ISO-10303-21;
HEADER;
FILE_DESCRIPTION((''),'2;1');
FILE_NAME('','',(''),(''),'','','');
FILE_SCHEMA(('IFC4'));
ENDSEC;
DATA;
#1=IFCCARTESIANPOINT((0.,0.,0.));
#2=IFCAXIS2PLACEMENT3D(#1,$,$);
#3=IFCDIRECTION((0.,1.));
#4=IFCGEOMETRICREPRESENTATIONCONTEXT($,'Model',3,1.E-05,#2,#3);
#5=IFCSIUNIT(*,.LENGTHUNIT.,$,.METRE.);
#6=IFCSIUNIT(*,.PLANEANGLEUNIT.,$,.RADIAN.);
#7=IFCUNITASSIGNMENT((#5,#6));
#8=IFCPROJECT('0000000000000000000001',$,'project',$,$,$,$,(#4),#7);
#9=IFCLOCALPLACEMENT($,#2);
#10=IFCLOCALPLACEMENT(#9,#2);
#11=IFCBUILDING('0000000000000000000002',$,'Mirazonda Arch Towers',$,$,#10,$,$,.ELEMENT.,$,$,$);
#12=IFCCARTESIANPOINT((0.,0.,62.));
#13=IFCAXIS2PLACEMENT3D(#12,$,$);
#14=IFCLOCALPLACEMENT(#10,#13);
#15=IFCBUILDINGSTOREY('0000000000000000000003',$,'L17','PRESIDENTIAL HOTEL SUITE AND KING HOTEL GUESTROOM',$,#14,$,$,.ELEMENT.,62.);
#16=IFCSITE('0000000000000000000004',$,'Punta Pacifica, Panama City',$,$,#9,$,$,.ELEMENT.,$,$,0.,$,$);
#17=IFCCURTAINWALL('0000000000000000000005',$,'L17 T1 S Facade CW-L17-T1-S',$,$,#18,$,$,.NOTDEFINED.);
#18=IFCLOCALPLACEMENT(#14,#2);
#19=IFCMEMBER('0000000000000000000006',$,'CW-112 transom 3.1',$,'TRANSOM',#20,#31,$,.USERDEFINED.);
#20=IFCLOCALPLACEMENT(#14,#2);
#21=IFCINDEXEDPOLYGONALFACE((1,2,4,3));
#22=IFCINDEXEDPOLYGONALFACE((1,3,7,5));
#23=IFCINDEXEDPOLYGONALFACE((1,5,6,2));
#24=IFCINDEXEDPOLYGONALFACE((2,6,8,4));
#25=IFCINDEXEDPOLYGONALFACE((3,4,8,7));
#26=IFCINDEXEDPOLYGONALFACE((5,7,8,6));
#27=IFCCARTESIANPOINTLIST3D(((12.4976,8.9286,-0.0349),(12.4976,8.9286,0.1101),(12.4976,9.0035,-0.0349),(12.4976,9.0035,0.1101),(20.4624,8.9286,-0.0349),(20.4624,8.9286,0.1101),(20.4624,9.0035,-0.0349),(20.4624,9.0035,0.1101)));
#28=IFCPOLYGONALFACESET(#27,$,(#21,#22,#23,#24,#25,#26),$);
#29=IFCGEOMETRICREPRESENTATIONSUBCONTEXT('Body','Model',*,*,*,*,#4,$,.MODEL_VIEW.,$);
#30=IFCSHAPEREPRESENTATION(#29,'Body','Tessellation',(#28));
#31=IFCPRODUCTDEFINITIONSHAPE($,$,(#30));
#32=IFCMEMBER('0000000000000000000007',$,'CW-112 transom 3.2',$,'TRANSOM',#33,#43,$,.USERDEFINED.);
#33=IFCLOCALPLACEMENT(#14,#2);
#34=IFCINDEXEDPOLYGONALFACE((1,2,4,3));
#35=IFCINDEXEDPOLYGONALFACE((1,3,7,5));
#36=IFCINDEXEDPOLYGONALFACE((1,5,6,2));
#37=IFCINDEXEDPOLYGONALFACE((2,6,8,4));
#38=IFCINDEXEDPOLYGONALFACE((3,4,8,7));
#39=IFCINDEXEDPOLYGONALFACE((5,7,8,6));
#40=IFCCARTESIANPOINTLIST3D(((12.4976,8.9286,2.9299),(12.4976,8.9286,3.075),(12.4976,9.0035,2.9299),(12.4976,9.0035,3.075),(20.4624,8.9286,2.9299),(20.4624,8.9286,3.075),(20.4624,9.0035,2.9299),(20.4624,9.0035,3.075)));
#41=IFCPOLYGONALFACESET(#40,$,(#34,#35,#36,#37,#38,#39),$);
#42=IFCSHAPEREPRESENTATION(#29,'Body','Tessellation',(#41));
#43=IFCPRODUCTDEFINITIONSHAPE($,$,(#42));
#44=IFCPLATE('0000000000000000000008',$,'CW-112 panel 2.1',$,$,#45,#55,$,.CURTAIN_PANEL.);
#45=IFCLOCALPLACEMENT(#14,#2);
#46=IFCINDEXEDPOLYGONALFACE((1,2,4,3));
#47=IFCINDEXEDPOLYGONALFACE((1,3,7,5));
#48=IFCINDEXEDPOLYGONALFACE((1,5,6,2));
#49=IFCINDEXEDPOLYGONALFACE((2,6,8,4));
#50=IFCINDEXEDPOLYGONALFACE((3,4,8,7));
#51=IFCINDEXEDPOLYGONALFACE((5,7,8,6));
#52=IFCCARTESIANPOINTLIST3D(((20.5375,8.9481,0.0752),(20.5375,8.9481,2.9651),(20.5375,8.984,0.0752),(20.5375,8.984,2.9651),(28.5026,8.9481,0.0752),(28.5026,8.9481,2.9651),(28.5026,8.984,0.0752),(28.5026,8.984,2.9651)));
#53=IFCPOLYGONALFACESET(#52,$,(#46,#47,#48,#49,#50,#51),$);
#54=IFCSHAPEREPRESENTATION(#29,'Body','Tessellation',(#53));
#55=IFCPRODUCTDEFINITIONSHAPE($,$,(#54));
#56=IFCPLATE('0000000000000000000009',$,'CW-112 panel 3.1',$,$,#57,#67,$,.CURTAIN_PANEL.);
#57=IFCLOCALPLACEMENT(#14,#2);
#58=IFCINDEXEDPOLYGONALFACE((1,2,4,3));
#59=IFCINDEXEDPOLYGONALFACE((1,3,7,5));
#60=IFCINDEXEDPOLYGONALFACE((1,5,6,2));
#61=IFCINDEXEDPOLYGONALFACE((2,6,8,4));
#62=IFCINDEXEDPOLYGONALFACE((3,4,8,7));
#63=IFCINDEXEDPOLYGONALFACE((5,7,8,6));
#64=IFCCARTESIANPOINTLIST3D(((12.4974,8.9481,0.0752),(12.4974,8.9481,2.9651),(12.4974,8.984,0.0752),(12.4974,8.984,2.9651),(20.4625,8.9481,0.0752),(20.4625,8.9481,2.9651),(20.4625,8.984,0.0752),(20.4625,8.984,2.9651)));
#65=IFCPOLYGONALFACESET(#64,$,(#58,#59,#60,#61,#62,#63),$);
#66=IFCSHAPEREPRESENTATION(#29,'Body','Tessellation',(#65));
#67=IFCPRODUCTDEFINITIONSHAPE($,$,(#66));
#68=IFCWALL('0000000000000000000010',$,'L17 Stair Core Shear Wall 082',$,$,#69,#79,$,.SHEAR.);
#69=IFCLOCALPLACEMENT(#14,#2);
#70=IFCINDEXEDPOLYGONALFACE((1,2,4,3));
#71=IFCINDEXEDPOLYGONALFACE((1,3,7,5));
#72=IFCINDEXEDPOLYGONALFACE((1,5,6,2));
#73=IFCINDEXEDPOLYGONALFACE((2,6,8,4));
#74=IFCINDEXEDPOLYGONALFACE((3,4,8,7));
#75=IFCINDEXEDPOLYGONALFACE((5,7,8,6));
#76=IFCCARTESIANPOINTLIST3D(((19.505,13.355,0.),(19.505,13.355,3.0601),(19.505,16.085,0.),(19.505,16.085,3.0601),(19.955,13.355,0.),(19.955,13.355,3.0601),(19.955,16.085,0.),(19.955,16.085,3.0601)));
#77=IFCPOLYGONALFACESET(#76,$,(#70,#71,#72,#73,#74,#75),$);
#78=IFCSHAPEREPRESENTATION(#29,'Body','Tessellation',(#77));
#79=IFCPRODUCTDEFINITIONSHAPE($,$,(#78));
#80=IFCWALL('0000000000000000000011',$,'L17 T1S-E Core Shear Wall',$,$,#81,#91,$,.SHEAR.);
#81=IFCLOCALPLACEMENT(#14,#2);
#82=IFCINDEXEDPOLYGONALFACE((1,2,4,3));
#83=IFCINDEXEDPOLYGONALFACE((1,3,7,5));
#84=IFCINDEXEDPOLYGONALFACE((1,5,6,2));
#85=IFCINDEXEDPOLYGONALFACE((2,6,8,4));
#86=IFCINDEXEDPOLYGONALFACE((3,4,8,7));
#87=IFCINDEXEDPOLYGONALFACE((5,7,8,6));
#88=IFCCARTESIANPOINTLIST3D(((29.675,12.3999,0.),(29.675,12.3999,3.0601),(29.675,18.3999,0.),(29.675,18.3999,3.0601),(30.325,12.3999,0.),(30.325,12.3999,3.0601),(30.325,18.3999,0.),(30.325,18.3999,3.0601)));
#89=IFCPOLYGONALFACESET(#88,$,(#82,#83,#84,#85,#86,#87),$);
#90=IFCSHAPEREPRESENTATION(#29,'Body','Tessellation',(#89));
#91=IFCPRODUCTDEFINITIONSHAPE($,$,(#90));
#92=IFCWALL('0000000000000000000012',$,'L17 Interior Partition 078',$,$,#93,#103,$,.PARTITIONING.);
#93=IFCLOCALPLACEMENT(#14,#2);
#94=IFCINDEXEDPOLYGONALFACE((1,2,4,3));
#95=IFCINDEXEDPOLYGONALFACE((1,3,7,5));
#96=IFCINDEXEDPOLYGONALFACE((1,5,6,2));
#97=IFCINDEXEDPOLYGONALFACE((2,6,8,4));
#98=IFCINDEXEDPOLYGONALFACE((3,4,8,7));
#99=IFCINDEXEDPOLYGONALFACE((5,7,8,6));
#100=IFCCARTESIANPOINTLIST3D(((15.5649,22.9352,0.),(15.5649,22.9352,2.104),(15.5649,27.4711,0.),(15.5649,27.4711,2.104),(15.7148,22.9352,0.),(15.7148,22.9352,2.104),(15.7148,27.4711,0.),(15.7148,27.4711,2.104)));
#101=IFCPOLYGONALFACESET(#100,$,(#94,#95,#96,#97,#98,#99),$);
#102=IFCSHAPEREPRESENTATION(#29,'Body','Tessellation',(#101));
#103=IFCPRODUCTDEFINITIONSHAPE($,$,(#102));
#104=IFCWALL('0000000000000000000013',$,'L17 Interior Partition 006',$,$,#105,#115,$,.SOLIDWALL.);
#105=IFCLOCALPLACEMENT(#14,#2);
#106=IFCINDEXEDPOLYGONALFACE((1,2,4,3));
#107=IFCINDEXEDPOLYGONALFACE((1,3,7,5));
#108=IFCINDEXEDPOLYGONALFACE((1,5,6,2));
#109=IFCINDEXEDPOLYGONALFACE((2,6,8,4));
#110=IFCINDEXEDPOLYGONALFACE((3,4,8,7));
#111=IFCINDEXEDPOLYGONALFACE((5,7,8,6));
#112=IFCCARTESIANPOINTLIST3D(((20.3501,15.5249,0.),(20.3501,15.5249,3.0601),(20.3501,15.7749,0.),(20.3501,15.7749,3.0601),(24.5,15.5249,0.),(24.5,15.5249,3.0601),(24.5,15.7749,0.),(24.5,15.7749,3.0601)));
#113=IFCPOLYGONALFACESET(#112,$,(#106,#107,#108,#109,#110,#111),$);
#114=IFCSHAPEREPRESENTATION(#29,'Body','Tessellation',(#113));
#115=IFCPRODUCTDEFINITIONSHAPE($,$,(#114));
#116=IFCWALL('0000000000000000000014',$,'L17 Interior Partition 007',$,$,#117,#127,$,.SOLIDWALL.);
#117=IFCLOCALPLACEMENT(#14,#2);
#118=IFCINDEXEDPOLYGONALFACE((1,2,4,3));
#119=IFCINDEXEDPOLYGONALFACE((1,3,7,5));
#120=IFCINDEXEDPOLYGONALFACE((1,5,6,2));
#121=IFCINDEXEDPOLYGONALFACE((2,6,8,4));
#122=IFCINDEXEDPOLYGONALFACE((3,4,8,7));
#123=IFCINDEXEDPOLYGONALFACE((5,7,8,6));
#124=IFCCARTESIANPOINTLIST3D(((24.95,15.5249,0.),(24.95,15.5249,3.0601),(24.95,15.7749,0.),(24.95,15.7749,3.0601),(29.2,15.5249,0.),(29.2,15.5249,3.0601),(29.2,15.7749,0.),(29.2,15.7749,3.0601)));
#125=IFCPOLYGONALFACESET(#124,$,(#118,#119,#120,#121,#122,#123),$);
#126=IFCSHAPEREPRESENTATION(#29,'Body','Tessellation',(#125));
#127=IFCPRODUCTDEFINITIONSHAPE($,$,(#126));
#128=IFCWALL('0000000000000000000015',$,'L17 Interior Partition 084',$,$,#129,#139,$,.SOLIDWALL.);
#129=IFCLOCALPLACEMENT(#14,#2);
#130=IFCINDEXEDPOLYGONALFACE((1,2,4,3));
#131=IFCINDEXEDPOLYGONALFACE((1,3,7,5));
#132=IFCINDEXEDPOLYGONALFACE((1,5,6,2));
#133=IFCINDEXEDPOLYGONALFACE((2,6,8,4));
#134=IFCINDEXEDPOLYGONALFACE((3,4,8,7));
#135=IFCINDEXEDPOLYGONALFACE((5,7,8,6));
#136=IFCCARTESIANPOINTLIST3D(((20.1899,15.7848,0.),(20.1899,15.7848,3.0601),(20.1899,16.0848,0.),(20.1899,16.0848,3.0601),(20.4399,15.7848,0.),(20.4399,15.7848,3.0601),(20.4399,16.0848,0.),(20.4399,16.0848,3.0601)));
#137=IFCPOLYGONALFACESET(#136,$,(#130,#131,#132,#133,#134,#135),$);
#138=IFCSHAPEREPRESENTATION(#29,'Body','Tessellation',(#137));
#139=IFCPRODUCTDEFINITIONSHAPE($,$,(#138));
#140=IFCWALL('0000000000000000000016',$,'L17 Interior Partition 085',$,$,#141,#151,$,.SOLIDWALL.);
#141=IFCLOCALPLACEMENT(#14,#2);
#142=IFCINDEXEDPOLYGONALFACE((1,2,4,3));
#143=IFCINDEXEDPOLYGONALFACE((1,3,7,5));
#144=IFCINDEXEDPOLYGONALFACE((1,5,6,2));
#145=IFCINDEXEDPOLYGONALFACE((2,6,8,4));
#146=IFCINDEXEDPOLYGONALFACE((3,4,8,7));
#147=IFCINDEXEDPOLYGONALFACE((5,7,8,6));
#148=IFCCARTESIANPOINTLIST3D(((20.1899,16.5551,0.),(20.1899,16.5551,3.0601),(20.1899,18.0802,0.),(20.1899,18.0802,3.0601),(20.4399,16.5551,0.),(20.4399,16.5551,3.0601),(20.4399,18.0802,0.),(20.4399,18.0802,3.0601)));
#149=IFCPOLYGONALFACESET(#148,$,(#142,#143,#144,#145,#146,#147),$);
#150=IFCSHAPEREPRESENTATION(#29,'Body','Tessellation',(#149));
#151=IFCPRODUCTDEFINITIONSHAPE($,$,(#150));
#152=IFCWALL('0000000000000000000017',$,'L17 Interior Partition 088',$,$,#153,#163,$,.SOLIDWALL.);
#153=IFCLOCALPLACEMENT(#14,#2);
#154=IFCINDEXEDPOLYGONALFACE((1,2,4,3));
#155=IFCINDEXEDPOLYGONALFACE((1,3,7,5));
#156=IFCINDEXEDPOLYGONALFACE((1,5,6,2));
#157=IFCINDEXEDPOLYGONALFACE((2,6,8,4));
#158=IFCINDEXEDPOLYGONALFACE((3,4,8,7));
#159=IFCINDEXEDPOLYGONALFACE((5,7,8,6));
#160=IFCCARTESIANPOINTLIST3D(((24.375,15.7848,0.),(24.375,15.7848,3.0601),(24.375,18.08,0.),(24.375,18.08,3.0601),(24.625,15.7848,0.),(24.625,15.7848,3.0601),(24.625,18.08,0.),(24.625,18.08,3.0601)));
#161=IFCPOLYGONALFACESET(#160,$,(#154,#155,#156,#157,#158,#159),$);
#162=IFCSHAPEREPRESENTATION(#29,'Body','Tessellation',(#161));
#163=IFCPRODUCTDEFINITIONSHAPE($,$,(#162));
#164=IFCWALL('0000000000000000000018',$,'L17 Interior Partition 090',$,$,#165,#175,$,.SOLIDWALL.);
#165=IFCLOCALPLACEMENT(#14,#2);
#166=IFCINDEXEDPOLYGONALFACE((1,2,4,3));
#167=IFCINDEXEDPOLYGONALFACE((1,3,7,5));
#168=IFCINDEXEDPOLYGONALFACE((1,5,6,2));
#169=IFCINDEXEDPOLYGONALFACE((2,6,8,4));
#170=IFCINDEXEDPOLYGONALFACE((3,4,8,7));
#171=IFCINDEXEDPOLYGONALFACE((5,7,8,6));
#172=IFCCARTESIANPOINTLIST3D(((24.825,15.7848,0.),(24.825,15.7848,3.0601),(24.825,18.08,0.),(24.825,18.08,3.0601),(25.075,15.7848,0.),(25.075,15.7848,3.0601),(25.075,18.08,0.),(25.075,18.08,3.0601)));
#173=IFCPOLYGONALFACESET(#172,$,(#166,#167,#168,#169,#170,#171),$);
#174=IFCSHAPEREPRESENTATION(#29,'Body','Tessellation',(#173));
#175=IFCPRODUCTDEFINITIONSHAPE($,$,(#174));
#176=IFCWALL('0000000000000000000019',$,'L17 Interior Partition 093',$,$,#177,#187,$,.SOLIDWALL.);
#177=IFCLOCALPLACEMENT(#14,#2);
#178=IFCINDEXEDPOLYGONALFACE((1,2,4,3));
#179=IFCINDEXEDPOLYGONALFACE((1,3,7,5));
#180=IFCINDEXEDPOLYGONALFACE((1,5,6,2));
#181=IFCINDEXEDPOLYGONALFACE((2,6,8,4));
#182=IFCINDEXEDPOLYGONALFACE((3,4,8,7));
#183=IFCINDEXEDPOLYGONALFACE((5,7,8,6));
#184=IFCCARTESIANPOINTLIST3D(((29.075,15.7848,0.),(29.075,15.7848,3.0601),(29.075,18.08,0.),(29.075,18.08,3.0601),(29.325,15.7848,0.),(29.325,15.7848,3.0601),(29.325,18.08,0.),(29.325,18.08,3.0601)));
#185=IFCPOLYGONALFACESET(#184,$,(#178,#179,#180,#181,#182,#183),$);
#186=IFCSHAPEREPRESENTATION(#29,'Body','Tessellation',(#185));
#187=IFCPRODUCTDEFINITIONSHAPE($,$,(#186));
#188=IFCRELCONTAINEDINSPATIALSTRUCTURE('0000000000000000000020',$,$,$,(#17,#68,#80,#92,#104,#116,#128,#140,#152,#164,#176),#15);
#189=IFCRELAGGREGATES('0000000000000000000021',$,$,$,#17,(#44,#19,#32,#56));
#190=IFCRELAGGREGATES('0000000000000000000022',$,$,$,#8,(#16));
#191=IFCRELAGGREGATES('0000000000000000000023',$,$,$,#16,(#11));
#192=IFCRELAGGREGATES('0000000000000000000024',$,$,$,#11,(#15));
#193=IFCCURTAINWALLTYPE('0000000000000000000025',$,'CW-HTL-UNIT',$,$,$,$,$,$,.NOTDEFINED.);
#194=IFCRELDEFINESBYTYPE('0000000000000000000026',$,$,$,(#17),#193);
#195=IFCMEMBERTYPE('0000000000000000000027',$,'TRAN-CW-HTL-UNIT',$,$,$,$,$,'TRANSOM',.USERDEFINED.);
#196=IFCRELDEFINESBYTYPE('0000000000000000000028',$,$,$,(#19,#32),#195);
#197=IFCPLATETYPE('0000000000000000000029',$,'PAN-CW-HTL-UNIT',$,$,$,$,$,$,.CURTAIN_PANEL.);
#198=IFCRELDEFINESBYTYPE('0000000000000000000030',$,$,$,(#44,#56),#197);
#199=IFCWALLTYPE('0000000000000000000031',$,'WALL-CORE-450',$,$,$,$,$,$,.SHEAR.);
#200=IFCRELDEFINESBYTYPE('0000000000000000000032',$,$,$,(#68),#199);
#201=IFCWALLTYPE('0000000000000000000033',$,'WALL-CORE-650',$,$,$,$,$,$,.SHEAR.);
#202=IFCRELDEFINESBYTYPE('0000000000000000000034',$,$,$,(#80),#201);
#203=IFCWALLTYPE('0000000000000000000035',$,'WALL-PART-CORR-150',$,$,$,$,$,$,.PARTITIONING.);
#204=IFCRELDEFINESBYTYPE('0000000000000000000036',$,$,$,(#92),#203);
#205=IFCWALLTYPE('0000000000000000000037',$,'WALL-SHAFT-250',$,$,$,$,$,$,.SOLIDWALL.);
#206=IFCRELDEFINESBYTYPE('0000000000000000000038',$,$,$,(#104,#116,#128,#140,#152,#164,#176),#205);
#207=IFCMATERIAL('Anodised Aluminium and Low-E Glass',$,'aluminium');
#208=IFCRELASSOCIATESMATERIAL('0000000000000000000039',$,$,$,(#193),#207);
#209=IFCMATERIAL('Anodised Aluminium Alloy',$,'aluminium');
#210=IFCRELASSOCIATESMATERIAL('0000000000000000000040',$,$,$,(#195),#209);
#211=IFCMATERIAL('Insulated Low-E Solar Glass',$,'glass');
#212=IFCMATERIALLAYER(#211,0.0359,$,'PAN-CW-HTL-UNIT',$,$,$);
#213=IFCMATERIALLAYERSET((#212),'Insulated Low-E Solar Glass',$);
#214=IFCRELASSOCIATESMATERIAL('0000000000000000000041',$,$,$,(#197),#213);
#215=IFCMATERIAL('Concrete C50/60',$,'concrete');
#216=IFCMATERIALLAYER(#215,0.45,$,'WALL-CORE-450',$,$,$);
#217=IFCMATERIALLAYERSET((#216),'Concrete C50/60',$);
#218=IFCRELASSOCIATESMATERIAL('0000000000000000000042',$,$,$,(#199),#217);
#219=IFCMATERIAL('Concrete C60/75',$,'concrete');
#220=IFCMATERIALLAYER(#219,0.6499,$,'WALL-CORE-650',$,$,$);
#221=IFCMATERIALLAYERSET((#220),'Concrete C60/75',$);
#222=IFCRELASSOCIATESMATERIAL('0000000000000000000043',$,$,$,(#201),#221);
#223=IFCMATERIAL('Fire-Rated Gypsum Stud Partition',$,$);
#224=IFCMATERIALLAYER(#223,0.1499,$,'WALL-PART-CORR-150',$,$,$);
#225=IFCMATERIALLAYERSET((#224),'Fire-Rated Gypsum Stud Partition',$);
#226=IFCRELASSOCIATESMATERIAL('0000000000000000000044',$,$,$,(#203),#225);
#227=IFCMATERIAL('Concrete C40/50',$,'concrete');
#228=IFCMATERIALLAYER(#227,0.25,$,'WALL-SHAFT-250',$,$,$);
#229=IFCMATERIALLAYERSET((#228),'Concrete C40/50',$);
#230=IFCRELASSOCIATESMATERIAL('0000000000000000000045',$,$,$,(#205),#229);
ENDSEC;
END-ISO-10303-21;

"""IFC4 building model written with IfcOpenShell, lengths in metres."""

from ifc_helpers import new_model, si_unit, direction, frame, frame_2d, origin, origin_2d, place, context, subcontext, project, spatial, rectangle, extrude, material, layer, layer_set, material_profile, profile_set, type_object, element, aggregate, save


model = new_model("IFC4")

# Units and contexts
model_context = context("Model", 3, precision=1e-05, world=origin(), true_north=direction((0.0, 1.0)))
body_context = subcontext(model_context, "Body", "Model", "MODEL_VIEW")
ifc_project = project(units=[si_unit("LENGTHUNIT", "METRE"), si_unit("PLANEANGLEUNIT", "RADIAN")], contexts=[model_context])

# Site, building, storey
site_placement = place(None, origin())
site = spatial("IfcSite", under=ifc_project, at=site_placement, Name="Punta Pacifica, Panama City", CompositionType="ELEMENT", RefElevation=0.0)
building_placement = place(site_placement, origin())
building = spatial("IfcBuilding", under=site, at=building_placement, Name="Mirazonda Arch Towers", CompositionType="ELEMENT")
storey_placement = place(building_placement, frame((0.0, 0.0, 62.0)))
storey = spatial("IfcBuildingStorey", under=building, at=storey_placement, Name="L17", Description="PRESIDENTIAL HOTEL SUITE AND KING HOTEL GUESTROOM", CompositionType="ELEMENT", Elevation=62.0)

# Shared definitions
ifc_material_1 = material(Name="Concrete C60/75", Category="concrete")

# Curtain wall, members, plates
ifc_material_2 = material(Name="Anodised Aluminium and Low-E Glass", Category="aluminium")
curtain_wall_type = type_object("IfcCurtainWallType", Name="CW-HTL-UNIT", PredefinedType="NOTDEFINED", material=ifc_material_2)
curtain_wall_placement = place(storey_placement, origin())
curtain_wall = element("IfcCurtainWall", 1, at=curtain_wall_placement, inside=storey, type_object=curtain_wall_type, Name="L17 T1 S Facade CW-L17-T1-S", PredefinedType="NOTDEFINED")
ifc_material_3 = material(Name="Anodised Aluminium Alloy", Category="aluminium")
ifc_material_profile_1 = material_profile(ifc_material_3, rectangle(XDim=0.075, YDim=0.145, at=origin_2d()), Name="ALU-TRAN-75x145")
ifc_profile_set_1 = profile_set([ifc_material_profile_1], Name="Anodised Aluminium Alloy")
member_type_1 = type_object("IfcMemberType", Name="TRAN-CW-HTL-UNIT", ElementType="TRANSOM", PredefinedType="USERDEFINED", material=ifc_profile_set_1)
member_1_placement = place(storey_placement, frame((20.4624, 8.9661, 0.0376), z_axis=(-1.0, 0.0, 0.0), x_axis=(0.0, -1.0, 0.0)))
member_1 = element("IfcMember", 2, at=member_1_placement, type_object=member_type_1, Name="CW-112 transom 3.1", ObjectType="TRANSOM", PredefinedType="USERDEFINED", context=body_context, shape_type="SweptSolid", body=[
    extrude(rectangle(XDim=0.075, YDim=0.145, at=origin_2d()), origin(), (0.0, 0.0, 1.0), 7.9648),
])
member_2_placement = place(storey_placement, frame((20.4624, 8.9661, 3.0024), z_axis=(-1.0, 0.0, 0.0), x_axis=(0.0, -1.0, 0.0)))
member_2 = element("IfcMember", 3, at=member_2_placement, type_object=member_type_1, Name="CW-112 transom 3.2", ObjectType="TRANSOM", PredefinedType="USERDEFINED", context=body_context, shape_type="SweptSolid", body=[
    extrude(rectangle(XDim=0.075, YDim=0.145, at=origin_2d()), origin(), (0.0, 0.0, 1.0), 7.9648),
])
ifc_material_4 = material(Name="Insulated Low-E Solar Glass", Category="glass")
ifc_layer_1 = layer(ifc_material_4, 0.0359, Name="PAN-CW-HTL-UNIT")
ifc_layer_set_1 = layer_set([ifc_layer_1], Name="Insulated Low-E Solar Glass")
plate_type = type_object("IfcPlateType", Name="PAN-CW-HTL-UNIT", PredefinedType="CURTAIN_PANEL", material=ifc_layer_set_1)
plate_1_placement = place(storey_placement, frame((24.52, 8.9661, 0.0752), z_axis=(0.0, 0.0, 1.0), x_axis=(-1.0, 0.0, 0.0)))
plate_1 = element("IfcPlate", 4, at=plate_1_placement, type_object=plate_type, Name="CW-112 panel 2.1", PredefinedType="CURTAIN_PANEL", context=body_context, shape_type="SweptSolid", body=[
    extrude(rectangle(XDim=7.9651, YDim=0.0359, at=origin_2d()), origin(), (0.0, 0.0, 1.0), 2.8899),
])
plate_2_placement = place(storey_placement, frame((16.48, 8.9661, 0.0752), z_axis=(0.0, 0.0, 1.0), x_axis=(-1.0, 0.0, 0.0)))
plate_2 = element("IfcPlate", 5, at=plate_2_placement, type_object=plate_type, Name="CW-112 panel 3.1", PredefinedType="CURTAIN_PANEL", context=body_context, shape_type="SweptSolid", body=[
    extrude(rectangle(XDim=7.9651, YDim=0.0359, at=origin_2d()), origin(), (0.0, 0.0, 1.0), 2.8899),
])
aggregate(curtain_wall, [plate_1, member_1, member_2, plate_2])

# Walls
ifc_material_5 = material(Name="Concrete C50/60", Category="concrete")
ifc_layer_2 = layer(ifc_material_5, 0.45, Name="WALL-CORE-450")
ifc_layer_set_2 = layer_set([ifc_layer_2], Name="Concrete C50/60")
wall_type_1 = type_object("IfcWallType", Name="WALL-CORE-450", PredefinedType="SHEAR", material=ifc_layer_set_2)
wall_1_placement = place(storey_placement, frame((19.73, 13.355, 0.0), z_axis=(0.0, 0.0, 1.0), x_axis=(0.0, 1.0, 0.0)))
element("IfcWall", 6, at=wall_1_placement, inside=storey, type_object=wall_type_1, Name="L17 Stair Core Shear Wall 082", PredefinedType="SHEAR", context=body_context, shape_type="SweptSolid", body=[
    extrude(rectangle(XDim=2.73, YDim=0.45, at=frame_2d((1.365, 0.0))), origin(), (0.0, 0.0, 1.0), 3.0601),
])
ifc_layer_3 = layer(ifc_material_1, 0.6499, Name="WALL-CORE-650")
ifc_layer_set_3 = layer_set([ifc_layer_3], Name="Concrete C60/75")
wall_type_2 = type_object("IfcWallType", Name="WALL-CORE-650", PredefinedType="SHEAR", material=ifc_layer_set_3)
wall_2_placement = place(storey_placement, frame((30.0, 12.3999, 0.0), z_axis=(0.0, 0.0, 1.0), x_axis=(0.0, 1.0, 0.0)))
element("IfcWall", 7, at=wall_2_placement, inside=storey, type_object=wall_type_2, Name="L17 T1S-E Core Shear Wall", PredefinedType="SHEAR", context=body_context, shape_type="SweptSolid", body=[
    extrude(rectangle(XDim=6.0, YDim=0.6499, at=frame_2d((3.0, 0.0))), origin(), (0.0, 0.0, 1.0), 3.0601),
])
ifc_material_6 = material(Name="Fire-Rated Gypsum Stud Partition")
ifc_layer_4 = layer(ifc_material_6, 0.1499, Name="WALL-PART-CORR-150")
ifc_layer_set_4 = layer_set([ifc_layer_4], Name="Fire-Rated Gypsum Stud Partition")
wall_type_3 = type_object("IfcWallType", Name="WALL-PART-CORR-150", PredefinedType="PARTITIONING", material=ifc_layer_set_4)
wall_3_placement = place(storey_placement, frame((15.6399, 22.9351, 0.0), z_axis=(0.0, 0.0, 1.0), x_axis=(0.0, 1.0, 0.0)))
element("IfcWall", 8, at=wall_3_placement, inside=storey, type_object=wall_type_3, Name="L17 Interior Partition 078", PredefinedType="PARTITIONING", context=body_context, shape_type="SweptSolid", body=[
    extrude(rectangle(XDim=4.5359, YDim=0.1499, at=frame_2d((2.2681, 0.0))), origin(), (0.0, 0.0, 1.0), 2.104),
])
ifc_material_7 = material(Name="Concrete C40/50", Category="concrete")
ifc_layer_5 = layer(ifc_material_7, 0.25, Name="WALL-SHAFT-250")
ifc_layer_set_5 = layer_set([ifc_layer_5], Name="Concrete C40/50")
wall_type_4 = type_object("IfcWallType", Name="WALL-SHAFT-250", PredefinedType="SOLIDWALL", material=ifc_layer_set_5)
wall_4_placement = place(storey_placement, frame((20.3501, 15.6499, 0.0), z_axis=(0.0, 0.0, 1.0), x_axis=(1.0, 0.0, 0.0)))
element("IfcWall", 9, at=wall_4_placement, inside=storey, type_object=wall_type_4, Name="L17 Interior Partition 006", PredefinedType="SOLIDWALL", context=body_context, shape_type="SweptSolid", body=[
    extrude(rectangle(XDim=4.1499, YDim=0.25, at=frame_2d((2.075, 0.0))), origin(), (0.0, 0.0, 1.0), 3.0601),
])
wall_5_placement = place(storey_placement, frame((24.95, 15.6499, 0.0), z_axis=(0.0, 0.0, 1.0), x_axis=(1.0, 0.0, 0.0)))
element("IfcWall", 10, at=wall_5_placement, inside=storey, type_object=wall_type_4, Name="L17 Interior Partition 007", PredefinedType="SOLIDWALL", context=body_context, shape_type="SweptSolid", body=[
    extrude(rectangle(XDim=4.25, YDim=0.25, at=frame_2d((2.125, 0.0))), origin(), (0.0, 0.0, 1.0), 3.0601),
])
wall_6_placement = place(storey_placement, frame((20.3149, 15.7849, 0.0), z_axis=(0.0, 0.0, 1.0), x_axis=(0.0, 1.0, 0.0)))
element("IfcWall", 11, at=wall_6_placement, inside=storey, type_object=wall_type_4, Name="L17 Interior Partition 084", PredefinedType="SOLIDWALL", context=body_context, shape_type="SweptSolid", body=[
    extrude(rectangle(XDim=0.3, YDim=0.25, at=frame_2d((0.1499, 0.0))), origin(), (0.0, 0.0, 1.0), 3.0601),
])
wall_7_placement = place(storey_placement, frame((20.3149, 16.5549, 0.0), z_axis=(0.0, 0.0, 1.0), x_axis=(0.0, 1.0, 0.0)))
element("IfcWall", 12, at=wall_7_placement, inside=storey, type_object=wall_type_4, Name="L17 Interior Partition 085", PredefinedType="SOLIDWALL", context=body_context, shape_type="SweptSolid", body=[
    extrude(rectangle(XDim=1.5251, YDim=0.25, at=frame_2d((0.7627, 0.0))), origin(), (0.0, 0.0, 1.0), 3.0601),
])
for number, where, z_axis, x_axis, name in (
    (13, (24.5, 15.7849, 0.0), (0.0, 0.0, 1.0), (0.0, 1.0, 0.0), "L17 Interior Partition 088"),
    (14, (24.95, 15.7849, 0.0), (0.0, 0.0, 1.0), (0.0, 1.0, 0.0), "L17 Interior Partition 090"),
    (15, (29.2, 15.7849, 0.0), (0.0, 0.0, 1.0), (0.0, 1.0, 0.0), "L17 Interior Partition 093"),
):
    element("IfcWall", number, at=place(storey_placement, frame(where, z_axis=z_axis, x_axis=x_axis)), inside=storey, type_object=wall_type_4, Name=name, PredefinedType="SOLIDWALL", context=body_context, shape_type="SweptSolid", body=[
        extrude(rectangle(XDim=2.2952, YDim=0.25, at=frame_2d((1.1475, 0.0))), origin(), (0.0, 0.0, 1.0), 3.0601),
    ])

save(model, "model.ifc")
